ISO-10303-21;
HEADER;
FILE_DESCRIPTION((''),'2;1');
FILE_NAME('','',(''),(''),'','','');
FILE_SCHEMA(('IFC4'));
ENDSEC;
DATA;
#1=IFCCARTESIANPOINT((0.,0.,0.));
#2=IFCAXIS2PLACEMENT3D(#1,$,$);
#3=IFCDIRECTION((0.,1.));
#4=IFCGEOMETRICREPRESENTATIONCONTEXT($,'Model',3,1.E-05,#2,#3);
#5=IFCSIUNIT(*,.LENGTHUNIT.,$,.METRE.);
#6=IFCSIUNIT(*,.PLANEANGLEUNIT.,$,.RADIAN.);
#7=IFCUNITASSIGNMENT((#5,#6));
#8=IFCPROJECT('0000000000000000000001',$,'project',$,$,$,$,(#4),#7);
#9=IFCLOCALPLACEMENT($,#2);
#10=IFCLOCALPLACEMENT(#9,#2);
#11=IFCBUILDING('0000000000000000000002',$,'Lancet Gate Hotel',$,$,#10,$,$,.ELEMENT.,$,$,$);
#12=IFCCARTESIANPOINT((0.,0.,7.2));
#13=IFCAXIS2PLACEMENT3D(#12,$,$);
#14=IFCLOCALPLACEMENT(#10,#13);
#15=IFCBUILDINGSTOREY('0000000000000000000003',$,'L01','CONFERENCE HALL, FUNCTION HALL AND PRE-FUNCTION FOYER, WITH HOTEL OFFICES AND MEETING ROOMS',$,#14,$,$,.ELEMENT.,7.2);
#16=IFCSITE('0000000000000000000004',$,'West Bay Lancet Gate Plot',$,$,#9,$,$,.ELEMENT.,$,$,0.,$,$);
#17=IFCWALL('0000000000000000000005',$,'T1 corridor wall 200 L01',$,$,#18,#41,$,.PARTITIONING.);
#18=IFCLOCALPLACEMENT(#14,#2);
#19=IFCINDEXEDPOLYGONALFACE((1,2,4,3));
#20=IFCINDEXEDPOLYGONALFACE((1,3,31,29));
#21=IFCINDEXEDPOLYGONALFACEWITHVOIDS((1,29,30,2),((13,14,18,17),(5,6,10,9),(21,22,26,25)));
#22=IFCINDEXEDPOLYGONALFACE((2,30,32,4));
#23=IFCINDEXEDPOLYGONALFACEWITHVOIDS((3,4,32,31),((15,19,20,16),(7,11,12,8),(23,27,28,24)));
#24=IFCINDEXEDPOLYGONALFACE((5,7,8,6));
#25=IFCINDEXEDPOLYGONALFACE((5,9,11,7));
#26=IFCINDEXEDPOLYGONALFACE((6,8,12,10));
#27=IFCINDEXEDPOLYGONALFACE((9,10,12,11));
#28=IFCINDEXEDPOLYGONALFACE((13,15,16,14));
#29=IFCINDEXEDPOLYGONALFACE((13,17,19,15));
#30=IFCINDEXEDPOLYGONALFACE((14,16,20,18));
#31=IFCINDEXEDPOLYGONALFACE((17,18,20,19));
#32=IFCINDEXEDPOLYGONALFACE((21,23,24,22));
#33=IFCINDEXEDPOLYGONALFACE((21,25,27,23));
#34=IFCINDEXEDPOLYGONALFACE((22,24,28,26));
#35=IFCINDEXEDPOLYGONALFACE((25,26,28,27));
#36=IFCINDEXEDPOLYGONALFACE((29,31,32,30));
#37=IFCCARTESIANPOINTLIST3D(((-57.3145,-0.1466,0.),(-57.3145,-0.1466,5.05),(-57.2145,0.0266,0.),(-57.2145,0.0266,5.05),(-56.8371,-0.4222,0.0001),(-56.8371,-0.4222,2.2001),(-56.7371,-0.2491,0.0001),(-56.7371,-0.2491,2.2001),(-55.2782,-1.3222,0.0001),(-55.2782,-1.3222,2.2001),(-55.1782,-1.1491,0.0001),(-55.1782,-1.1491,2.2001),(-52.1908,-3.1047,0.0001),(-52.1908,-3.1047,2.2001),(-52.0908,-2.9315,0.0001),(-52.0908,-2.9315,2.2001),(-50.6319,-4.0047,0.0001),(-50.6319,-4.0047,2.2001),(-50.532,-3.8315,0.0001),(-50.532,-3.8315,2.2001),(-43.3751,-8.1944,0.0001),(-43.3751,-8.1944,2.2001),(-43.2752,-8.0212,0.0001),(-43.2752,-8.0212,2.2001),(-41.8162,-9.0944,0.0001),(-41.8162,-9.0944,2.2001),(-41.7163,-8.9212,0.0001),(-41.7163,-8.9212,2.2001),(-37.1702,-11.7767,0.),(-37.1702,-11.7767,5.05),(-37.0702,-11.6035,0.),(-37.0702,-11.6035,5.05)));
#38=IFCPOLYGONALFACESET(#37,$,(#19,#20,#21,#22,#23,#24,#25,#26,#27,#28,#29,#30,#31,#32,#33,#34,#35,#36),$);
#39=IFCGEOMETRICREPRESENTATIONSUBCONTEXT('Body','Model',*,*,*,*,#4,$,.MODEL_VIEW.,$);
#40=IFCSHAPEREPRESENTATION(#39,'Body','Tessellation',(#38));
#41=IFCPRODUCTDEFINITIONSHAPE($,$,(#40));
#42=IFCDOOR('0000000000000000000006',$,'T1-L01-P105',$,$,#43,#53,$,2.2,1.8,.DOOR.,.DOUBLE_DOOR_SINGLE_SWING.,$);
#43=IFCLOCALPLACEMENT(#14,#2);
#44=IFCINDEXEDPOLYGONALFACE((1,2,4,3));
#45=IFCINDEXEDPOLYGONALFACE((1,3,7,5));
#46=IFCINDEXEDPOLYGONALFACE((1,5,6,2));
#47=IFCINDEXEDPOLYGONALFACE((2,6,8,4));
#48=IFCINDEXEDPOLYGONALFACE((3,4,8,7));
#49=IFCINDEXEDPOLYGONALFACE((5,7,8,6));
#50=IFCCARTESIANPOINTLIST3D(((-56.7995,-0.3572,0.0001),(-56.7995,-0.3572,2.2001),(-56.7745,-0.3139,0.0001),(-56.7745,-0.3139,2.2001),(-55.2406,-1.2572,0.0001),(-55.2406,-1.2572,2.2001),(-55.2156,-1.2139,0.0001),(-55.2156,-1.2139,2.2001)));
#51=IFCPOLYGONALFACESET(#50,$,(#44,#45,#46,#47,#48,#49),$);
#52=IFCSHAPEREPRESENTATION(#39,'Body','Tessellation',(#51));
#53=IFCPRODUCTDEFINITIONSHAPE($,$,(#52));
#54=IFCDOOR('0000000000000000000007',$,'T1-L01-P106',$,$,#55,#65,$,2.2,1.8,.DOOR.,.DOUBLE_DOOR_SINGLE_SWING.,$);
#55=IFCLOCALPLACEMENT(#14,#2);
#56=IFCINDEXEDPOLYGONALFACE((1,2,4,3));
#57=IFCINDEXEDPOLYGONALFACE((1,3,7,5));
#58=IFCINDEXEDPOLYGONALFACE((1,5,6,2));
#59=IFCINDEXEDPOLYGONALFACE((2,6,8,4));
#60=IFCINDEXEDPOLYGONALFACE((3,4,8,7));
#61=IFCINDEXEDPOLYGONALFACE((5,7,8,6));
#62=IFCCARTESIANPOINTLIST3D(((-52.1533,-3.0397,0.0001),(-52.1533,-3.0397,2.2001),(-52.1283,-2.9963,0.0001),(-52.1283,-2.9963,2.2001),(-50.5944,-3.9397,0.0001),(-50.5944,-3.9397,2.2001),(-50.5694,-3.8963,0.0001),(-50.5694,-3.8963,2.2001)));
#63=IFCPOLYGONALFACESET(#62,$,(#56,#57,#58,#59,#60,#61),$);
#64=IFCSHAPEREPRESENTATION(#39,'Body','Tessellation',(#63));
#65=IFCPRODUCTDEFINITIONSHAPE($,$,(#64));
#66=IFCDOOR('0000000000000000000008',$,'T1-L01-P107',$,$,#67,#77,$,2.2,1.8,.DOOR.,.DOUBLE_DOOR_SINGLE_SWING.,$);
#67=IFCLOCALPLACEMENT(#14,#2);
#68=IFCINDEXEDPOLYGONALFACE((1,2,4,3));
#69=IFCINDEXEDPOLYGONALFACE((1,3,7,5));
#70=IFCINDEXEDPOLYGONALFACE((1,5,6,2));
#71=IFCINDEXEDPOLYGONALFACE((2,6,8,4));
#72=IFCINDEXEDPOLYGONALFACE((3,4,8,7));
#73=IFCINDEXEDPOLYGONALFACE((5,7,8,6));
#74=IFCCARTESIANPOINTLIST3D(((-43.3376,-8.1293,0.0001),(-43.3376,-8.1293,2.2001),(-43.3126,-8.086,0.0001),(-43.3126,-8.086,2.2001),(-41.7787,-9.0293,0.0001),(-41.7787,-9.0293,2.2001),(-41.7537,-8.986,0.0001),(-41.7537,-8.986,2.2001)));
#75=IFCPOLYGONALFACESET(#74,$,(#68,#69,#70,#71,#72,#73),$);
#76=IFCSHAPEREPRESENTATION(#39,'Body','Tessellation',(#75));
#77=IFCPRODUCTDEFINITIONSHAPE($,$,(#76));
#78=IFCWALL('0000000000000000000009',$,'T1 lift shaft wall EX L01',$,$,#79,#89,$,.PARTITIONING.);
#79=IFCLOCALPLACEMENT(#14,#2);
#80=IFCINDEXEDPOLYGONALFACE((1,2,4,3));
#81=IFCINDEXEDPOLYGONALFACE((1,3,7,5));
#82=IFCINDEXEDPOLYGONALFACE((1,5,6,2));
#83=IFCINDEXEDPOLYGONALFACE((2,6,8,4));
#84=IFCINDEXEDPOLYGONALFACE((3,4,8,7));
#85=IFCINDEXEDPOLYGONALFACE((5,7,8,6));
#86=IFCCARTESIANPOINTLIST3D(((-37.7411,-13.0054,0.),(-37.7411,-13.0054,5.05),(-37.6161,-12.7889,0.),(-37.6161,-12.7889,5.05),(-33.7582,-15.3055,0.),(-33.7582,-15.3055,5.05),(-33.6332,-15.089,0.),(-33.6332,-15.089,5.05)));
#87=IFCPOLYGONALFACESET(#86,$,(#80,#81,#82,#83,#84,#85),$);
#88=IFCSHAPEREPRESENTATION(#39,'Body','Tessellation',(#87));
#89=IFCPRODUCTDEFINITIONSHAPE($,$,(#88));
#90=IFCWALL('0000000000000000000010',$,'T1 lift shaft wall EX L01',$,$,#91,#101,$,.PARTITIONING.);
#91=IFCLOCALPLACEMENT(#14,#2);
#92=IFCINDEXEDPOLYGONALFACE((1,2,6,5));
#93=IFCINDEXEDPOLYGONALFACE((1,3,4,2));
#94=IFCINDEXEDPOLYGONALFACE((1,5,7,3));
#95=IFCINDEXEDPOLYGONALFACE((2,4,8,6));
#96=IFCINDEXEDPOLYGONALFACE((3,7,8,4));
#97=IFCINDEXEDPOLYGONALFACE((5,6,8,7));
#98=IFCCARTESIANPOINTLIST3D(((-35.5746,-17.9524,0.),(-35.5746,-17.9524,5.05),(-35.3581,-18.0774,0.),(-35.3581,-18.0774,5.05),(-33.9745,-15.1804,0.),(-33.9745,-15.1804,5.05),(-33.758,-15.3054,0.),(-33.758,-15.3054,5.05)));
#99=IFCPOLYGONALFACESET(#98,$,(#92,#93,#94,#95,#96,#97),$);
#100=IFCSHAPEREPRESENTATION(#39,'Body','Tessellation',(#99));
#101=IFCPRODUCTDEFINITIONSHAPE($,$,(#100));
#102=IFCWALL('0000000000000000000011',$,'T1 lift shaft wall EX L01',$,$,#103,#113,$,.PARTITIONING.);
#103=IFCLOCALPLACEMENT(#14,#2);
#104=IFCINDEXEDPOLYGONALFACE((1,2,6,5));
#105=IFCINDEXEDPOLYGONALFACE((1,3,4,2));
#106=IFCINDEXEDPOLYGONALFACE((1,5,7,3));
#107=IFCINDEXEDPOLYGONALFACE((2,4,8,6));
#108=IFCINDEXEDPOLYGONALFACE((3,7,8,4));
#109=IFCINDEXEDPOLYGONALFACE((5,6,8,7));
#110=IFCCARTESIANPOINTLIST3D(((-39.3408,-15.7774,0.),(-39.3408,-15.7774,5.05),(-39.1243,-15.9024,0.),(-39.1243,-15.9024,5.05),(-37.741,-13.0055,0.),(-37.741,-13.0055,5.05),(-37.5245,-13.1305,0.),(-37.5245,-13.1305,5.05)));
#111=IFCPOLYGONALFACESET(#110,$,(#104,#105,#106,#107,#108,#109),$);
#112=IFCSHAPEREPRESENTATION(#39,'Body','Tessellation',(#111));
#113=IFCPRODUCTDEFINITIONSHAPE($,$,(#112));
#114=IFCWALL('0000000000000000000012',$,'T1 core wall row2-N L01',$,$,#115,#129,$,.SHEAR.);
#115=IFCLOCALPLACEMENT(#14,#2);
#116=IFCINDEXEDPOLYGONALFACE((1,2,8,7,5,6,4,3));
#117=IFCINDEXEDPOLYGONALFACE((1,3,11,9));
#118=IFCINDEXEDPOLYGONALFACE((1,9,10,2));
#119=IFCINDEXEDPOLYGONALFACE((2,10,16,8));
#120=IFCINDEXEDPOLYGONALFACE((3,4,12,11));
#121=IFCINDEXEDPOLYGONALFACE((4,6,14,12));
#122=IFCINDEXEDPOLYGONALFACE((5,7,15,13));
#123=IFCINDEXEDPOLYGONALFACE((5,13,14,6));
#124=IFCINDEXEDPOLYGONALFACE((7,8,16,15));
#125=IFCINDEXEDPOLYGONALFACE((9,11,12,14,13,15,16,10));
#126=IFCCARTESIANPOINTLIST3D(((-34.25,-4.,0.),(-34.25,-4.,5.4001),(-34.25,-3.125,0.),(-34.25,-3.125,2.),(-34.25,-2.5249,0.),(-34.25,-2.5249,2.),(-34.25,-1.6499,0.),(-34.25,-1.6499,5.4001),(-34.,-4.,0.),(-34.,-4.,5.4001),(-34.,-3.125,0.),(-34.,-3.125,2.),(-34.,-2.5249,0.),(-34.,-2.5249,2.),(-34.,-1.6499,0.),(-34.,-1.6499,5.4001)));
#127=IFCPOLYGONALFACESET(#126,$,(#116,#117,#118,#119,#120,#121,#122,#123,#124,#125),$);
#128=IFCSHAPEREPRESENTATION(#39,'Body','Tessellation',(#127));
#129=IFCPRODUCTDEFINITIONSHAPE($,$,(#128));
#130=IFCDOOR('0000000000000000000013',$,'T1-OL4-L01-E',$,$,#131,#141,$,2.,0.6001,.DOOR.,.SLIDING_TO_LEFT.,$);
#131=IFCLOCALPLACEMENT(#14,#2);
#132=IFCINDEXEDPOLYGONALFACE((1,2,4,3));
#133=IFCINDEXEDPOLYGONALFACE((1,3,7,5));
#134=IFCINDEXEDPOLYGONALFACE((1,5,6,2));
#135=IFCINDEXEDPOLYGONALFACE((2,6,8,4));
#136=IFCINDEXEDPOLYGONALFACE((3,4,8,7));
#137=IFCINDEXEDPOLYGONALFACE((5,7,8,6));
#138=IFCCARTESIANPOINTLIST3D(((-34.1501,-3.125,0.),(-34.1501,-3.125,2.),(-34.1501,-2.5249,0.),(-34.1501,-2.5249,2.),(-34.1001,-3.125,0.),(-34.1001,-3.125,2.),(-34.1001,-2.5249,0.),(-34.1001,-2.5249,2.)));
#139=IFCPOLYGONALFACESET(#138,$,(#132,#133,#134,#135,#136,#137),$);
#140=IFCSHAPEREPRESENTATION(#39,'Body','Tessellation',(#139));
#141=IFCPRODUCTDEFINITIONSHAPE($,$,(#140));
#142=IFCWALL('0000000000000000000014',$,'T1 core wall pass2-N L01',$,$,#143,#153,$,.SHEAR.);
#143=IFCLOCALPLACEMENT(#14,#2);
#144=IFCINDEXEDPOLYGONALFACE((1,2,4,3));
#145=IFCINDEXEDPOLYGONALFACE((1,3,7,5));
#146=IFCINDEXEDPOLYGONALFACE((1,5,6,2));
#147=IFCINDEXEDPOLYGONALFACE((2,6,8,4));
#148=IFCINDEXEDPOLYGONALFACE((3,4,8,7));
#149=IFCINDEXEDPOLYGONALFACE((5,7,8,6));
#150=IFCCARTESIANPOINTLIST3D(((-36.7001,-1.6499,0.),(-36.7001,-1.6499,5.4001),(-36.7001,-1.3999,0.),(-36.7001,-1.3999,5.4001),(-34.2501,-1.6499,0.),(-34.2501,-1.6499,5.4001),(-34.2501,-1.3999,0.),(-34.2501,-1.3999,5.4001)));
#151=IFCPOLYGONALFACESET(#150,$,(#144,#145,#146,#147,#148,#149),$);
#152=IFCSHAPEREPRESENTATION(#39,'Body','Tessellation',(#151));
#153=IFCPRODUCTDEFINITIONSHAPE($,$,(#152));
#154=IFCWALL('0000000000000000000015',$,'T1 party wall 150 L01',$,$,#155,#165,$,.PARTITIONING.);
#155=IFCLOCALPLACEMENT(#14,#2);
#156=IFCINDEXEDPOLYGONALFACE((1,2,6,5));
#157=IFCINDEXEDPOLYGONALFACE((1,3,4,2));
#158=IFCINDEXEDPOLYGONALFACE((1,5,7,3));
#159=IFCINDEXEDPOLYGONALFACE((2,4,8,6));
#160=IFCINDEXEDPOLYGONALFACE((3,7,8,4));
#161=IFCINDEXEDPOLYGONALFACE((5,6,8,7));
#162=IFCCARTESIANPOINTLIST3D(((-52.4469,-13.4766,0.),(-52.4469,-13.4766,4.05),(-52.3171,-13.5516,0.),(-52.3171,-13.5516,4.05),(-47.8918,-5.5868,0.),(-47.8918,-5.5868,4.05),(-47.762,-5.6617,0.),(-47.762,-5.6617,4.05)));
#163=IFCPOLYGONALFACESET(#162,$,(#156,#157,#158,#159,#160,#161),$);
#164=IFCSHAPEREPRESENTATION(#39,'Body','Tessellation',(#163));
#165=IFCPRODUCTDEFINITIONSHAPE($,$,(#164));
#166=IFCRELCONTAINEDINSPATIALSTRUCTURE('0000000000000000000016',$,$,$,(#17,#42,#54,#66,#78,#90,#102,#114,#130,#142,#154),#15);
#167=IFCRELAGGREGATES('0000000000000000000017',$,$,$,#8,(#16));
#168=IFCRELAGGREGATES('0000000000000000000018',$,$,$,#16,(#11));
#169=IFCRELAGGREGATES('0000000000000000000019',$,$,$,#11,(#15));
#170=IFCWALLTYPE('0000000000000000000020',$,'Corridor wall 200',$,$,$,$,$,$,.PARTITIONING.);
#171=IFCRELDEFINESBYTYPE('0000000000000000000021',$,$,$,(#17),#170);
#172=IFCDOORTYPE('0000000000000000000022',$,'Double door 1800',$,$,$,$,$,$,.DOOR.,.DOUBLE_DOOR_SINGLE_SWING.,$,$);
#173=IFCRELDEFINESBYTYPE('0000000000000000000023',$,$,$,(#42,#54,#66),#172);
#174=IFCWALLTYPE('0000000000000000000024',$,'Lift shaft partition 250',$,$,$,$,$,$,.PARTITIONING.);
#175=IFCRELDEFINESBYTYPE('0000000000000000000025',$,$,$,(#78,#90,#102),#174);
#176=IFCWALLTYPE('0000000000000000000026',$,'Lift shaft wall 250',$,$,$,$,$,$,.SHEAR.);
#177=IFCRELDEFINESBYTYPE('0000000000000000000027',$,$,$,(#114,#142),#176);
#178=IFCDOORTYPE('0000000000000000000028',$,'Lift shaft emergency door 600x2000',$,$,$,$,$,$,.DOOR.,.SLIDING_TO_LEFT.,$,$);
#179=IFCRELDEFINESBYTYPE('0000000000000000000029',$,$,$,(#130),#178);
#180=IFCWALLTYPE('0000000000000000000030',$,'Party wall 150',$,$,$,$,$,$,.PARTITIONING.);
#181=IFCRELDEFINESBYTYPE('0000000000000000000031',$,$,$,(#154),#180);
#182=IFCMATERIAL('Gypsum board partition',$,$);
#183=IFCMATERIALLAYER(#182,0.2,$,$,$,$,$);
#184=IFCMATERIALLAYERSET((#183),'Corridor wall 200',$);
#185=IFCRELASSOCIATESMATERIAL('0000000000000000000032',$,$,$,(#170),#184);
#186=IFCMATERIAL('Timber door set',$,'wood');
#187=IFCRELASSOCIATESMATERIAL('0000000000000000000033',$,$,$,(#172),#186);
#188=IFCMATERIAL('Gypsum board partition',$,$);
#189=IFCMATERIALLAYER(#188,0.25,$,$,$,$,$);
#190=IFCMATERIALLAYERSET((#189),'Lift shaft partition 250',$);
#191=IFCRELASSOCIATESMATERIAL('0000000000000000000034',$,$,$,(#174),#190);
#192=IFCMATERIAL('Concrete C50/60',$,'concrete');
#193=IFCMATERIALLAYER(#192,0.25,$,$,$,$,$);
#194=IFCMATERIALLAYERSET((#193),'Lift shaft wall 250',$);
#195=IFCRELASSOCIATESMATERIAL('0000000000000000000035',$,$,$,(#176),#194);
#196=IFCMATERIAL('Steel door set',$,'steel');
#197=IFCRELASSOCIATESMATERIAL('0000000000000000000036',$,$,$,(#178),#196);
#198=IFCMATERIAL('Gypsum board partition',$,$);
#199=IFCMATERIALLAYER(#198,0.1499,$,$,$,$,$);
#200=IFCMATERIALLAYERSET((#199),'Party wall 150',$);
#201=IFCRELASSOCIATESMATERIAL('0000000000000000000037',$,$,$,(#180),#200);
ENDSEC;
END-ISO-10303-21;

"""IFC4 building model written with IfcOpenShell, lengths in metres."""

from ifc_helpers import new_model, si_unit, direction, frame, frame_2d, origin, place, context, subcontext, project, spatial, rectangle, extrude, material, layer, layer_set, type_object, element, fill, save


model = new_model("IFC4")

# Units and contexts
model_context = context("Model", 3, precision=1e-05, world=origin(), true_north=direction((0.0, 1.0)))
body_context = subcontext(model_context, "Body", "Model", "MODEL_VIEW")
ifc_project = project(units=[si_unit("LENGTHUNIT", "METRE"), si_unit("PLANEANGLEUNIT", "RADIAN")], contexts=[model_context])

# Site, building, storey
site_placement = place(None, origin())
site = spatial("IfcSite", under=ifc_project, at=site_placement, Name="West Bay Lancet Gate Plot", CompositionType="ELEMENT", RefElevation=0.0)
building_placement = place(site_placement, origin())
building = spatial("IfcBuilding", under=site, at=building_placement, Name="Lancet Gate Hotel", CompositionType="ELEMENT")
storey_placement = place(building_placement, frame((0.0, 0.0, 7.2)))
storey = spatial("IfcBuildingStorey", under=building, at=storey_placement, Name="L01", Description="CONFERENCE HALL, FUNCTION HALL AND PRE-FUNCTION FOYER, WITH HOTEL OFFICES AND MEETING ROOMS", CompositionType="ELEMENT", Elevation=7.2)

# Wall, openings, doors
ifc_material_1 = material(Name="Gypsum board partition")
ifc_layer_1 = layer(ifc_material_1, 0.2)
ifc_layer_set_1 = layer_set([ifc_layer_1], Name="Corridor wall 200")
wall_type_1 = type_object("IfcWallType", Name="Corridor wall 200", PredefinedType="PARTITIONING", material=ifc_layer_set_1)
wall_1_placement = place(storey_placement, frame((-37.1201, -11.6902, 0.0), z_axis=(0.0, 0.0, 1.0), x_axis=(-0.866029, 0.499994, 0.0)))
wall_1 = element("IfcWall", 1, at=wall_1_placement, inside=storey, type_object=wall_type_1, Name="T1 corridor wall 200 L01", PredefinedType="PARTITIONING", context=body_context, shape_type="SweptSolid", body=[
    extrude(rectangle(XDim=23.2605, YDim=0.2, at=frame_2d((11.6304, 0.0))), origin(), (0.0, 0.0, 1.0), 5.05),
])
opening_1_placement = place(wall_1_placement, frame((20.9094, 0.0, 0.0)))
opening_1 = element("IfcOpeningElement", 2, at=opening_1_placement, cuts=wall_1, PredefinedType="OPENING", context=body_context, shape_type="SweptSolid", body=[
    extrude(rectangle(XDim=1.8, YDim=2.2, at=frame_2d((0.8999, 1.1001))), frame((0.0, 0.1099, 0.0), z_axis=(0.0, -1.0, 0.0), x_axis=(1.0, 0.0, 0.0)), (0.0, 0.0, 1.0), 0.22),
])
opening_2_placement = place(wall_1_placement, frame((15.5444, 0.0, 0.0)))
opening_2 = element("IfcOpeningElement", 3, at=opening_2_placement, cuts=wall_1, PredefinedType="OPENING", context=body_context, shape_type="SweptSolid", body=[
    extrude(rectangle(XDim=1.8, YDim=2.2, at=frame_2d((0.8999, 1.1001))), frame((0.0, 0.1099, 0.0), z_axis=(0.0, -1.0, 0.0), x_axis=(1.0, 0.0, 0.0)), (0.0, 0.0, 1.0), 0.22),
])
opening_3_placement = place(wall_1_placement, frame((5.365, 0.0, 0.0)))
opening_3 = element("IfcOpeningElement", 4, at=opening_3_placement, cuts=wall_1, PredefinedType="OPENING", context=body_context, shape_type="SweptSolid", body=[
    extrude(rectangle(XDim=1.8, YDim=2.2, at=frame_2d((0.8999, 1.1001))), frame((0.0, 0.1099, 0.0), z_axis=(0.0, -1.0, 0.0), x_axis=(1.0, 0.0, 0.0)), (0.0, 0.0, 1.0), 0.22),
])
ifc_material_2 = material(Name="Timber door set", Category="wood")
door_type_1 = type_object("IfcDoorType", Name="Double door 1800", OperationType="DOUBLE_DOOR_SINGLE_SWING", PredefinedType="DOOR", material=ifc_material_2)
door_1_placement = place(opening_1_placement, origin())
door_1 = element("IfcDoor", 5, at=door_1_placement, inside=storey, type_object=door_type_1, Name="T1-L01-P105", OperationType="DOUBLE_DOOR_SINGLE_SWING", OverallHeight=2.2, OverallWidth=1.8, PredefinedType="DOOR", context=body_context, shape_type="SweptSolid", body=[
    extrude(rectangle(XDim=1.8, YDim=2.2, at=frame_2d((0.8999, 1.1001))), frame((0.0, 0.0249, 0.0), z_axis=(0.0, -1.0, 0.0), x_axis=(1.0, 0.0, 0.0)), (0.0, 0.0, 1.0), 0.05),
])
fill(opening_1, door_1)
door_2_placement = place(opening_2_placement, origin())
door_2 = element("IfcDoor", 6, at=door_2_placement, inside=storey, type_object=door_type_1, Name="T1-L01-P106", OperationType="DOUBLE_DOOR_SINGLE_SWING", OverallHeight=2.2, OverallWidth=1.8, PredefinedType="DOOR", context=body_context, shape_type="SweptSolid", body=[
    extrude(rectangle(XDim=1.8, YDim=2.2, at=frame_2d((0.8999, 1.1001))), frame((0.0, 0.0249, 0.0), z_axis=(0.0, -1.0, 0.0), x_axis=(1.0, 0.0, 0.0)), (0.0, 0.0, 1.0), 0.05),
])
fill(opening_2, door_2)
door_3_placement = place(opening_3_placement, origin())
door_3 = element("IfcDoor", 7, at=door_3_placement, inside=storey, type_object=door_type_1, Name="T1-L01-P107", OperationType="DOUBLE_DOOR_SINGLE_SWING", OverallHeight=2.2, OverallWidth=1.8, PredefinedType="DOOR", context=body_context, shape_type="SweptSolid", body=[
    extrude(rectangle(XDim=1.8, YDim=2.2, at=frame_2d((0.8999, 1.1001))), frame((0.0, 0.0249, 0.0), z_axis=(0.0, -1.0, 0.0), x_axis=(1.0, 0.0, 0.0)), (0.0, 0.0, 1.0), 0.05),
])
fill(opening_3, door_3)

# Walls
ifc_material_3 = material(Name="Gypsum board partition")
ifc_layer_2 = layer(ifc_material_3, 0.25)
ifc_layer_set_2 = layer_set([ifc_layer_2], Name="Lift shaft partition 250")
wall_type_2 = type_object("IfcWallType", Name="Lift shaft partition 250", PredefinedType="PARTITIONING", material=ifc_layer_set_2)
wall_2_placement = place(storey_placement, frame((-33.6956, -15.1973, 0.0), z_axis=(0.0, 0.0, 1.0), x_axis=(-0.865977, 0.500084, 0.0)))
element("IfcWall", 8, at=wall_2_placement, inside=storey, type_object=wall_type_2, Name="T1 lift shaft wall EX L01", PredefinedType="PARTITIONING", context=body_context, shape_type="SweptSolid", body=[
    extrude(rectangle(XDim=4.5994, YDim=0.25, at=frame_2d((2.2998, 0.0))), origin(), (0.0, 0.0, 1.0), 5.05),
])
wall_3_placement = place(storey_placement, frame((-33.8662, -15.2429, 0.0), z_axis=(0.0, 0.0, 1.0), x_axis=(-0.499929, -0.866066, 0.0)))
element("IfcWall", 9, at=wall_3_placement, inside=storey, type_object=wall_type_2, Name="T1 lift shaft wall EX L01", PredefinedType="PARTITIONING", context=body_context, shape_type="SweptSolid", body=[
    extrude(rectangle(XDim=3.2007, YDim=0.25, at=frame_2d((1.6003, 0.0))), origin(), (0.0, 0.0, 1.0), 5.05),
])
wall_4_placement = place(storey_placement, frame((-37.6328, -13.0681, 0.0), z_axis=(0.0, 0.0, 1.0), x_axis=(-0.499872, -0.866099, 0.0)))
element("IfcWall", 10, at=wall_4_placement, inside=storey, type_object=wall_type_2, Name="T1 lift shaft wall EX L01", PredefinedType="PARTITIONING", context=body_context, shape_type="SweptSolid", body=[
    extrude(rectangle(XDim=3.2004, YDim=0.25, at=frame_2d((1.6001, 0.0))), origin(), (0.0, 0.0, 1.0), 5.05),
])

# Wall, opening, door
ifc_material_4 = material(Name="Concrete C50/60", Category="concrete")
ifc_layer_3 = layer(ifc_material_4, 0.25)
ifc_layer_set_3 = layer_set([ifc_layer_3], Name="Lift shaft wall 250")
wall_type_3 = type_object("IfcWallType", Name="Lift shaft wall 250", PredefinedType="SHEAR", material=ifc_layer_set_3)
wall_5_placement = place(storey_placement, frame((-34.125, -1.6499, 0.0), z_axis=(0.0, 0.0, 1.0), x_axis=(0.0, -1.0, 0.0)))
wall_5 = element("IfcWall", 11, at=wall_5_placement, inside=storey, type_object=wall_type_3, Name="T1 core wall row2-N L01", PredefinedType="SHEAR", context=body_context, shape_type="SweptSolid", body=[
    extrude(rectangle(XDim=2.3501, YDim=0.25, at=frame_2d((1.175, 0.0))), origin(), (0.0, 0.0, 1.0), 5.4001),
])
opening_4_placement = place(wall_5_placement, frame((0.875, 0.0, 0.0)))
opening_4 = element("IfcOpeningElement", 12, at=opening_4_placement, cuts=wall_5, PredefinedType="OPENING", context=body_context, shape_type="SweptSolid", body=[
    extrude(rectangle(XDim=0.6001, YDim=2.0, at=frame_2d((0.3, 1.0))), frame((0.0, 0.135, 0.0), z_axis=(0.0, -1.0, 0.0), x_axis=(1.0, 0.0, 0.0)), (0.0, 0.0, 1.0), 0.27),
])
ifc_material_5 = material(Name="Steel door set", Category="steel")
door_type_2 = type_object("IfcDoorType", Name="Lift shaft emergency door 600x2000", OperationType="SLIDING_TO_LEFT", PredefinedType="DOOR", material=ifc_material_5)
door_4_placement = place(opening_4_placement, origin())
door_4 = element("IfcDoor", 13, at=door_4_placement, inside=storey, type_object=door_type_2, Name="T1-OL4-L01-E", OperationType="SLIDING_TO_LEFT", OverallHeight=2.0, OverallWidth=0.6001, PredefinedType="DOOR", context=body_context, shape_type="SweptSolid", body=[
    extrude(rectangle(XDim=0.6001, YDim=2.0, at=frame_2d((0.3, 1.0))), frame((0.0, 0.0249, 0.0), z_axis=(0.0, -1.0, 0.0), x_axis=(1.0, 0.0, 0.0)), (0.0, 0.0, 1.0), 0.05),
])
fill(opening_4, door_4)

# Walls
wall_6_placement = place(storey_placement, frame((-34.25, -1.5249, 0.0), z_axis=(0.0, 0.0, 1.0), x_axis=(-1.0, 0.0, 0.0)))
element("IfcWall", 14, at=wall_6_placement, inside=storey, type_object=wall_type_3, Name="T1 core wall pass2-N L01", PredefinedType="SHEAR", context=body_context, shape_type="SweptSolid", body=[
    extrude(rectangle(XDim=2.45, YDim=0.25, at=frame_2d((1.2251, 0.0))), origin(), (0.0, 0.0, 1.0), 5.4001),
])
ifc_material_6 = material(Name="Gypsum board partition")
ifc_layer_4 = layer(ifc_material_6, 0.1499)
ifc_layer_set_4 = layer_set([ifc_layer_4], Name="Party wall 150")
wall_type_4 = type_object("IfcWallType", Name="Party wall 150", PredefinedType="PARTITIONING", material=ifc_layer_set_4)
wall_7_placement = place(storey_placement, frame((-47.8269, -5.6243, 0.0), z_axis=(0.0, 0.0, 1.0), x_axis=(-0.499995, -0.866028, 0.0)))
element("IfcWall", 15, at=wall_7_placement, inside=storey, type_object=wall_type_4, Name="T1 party wall 150 L01", PredefinedType="PARTITIONING", context=body_context, shape_type="SweptSolid", body=[
    extrude(rectangle(XDim=9.1104, YDim=0.1499, at=frame_2d((4.5552, 0.0))), origin(), (0.0, 0.0, 1.0), 4.05),
])

save(model, "model.ifc")
